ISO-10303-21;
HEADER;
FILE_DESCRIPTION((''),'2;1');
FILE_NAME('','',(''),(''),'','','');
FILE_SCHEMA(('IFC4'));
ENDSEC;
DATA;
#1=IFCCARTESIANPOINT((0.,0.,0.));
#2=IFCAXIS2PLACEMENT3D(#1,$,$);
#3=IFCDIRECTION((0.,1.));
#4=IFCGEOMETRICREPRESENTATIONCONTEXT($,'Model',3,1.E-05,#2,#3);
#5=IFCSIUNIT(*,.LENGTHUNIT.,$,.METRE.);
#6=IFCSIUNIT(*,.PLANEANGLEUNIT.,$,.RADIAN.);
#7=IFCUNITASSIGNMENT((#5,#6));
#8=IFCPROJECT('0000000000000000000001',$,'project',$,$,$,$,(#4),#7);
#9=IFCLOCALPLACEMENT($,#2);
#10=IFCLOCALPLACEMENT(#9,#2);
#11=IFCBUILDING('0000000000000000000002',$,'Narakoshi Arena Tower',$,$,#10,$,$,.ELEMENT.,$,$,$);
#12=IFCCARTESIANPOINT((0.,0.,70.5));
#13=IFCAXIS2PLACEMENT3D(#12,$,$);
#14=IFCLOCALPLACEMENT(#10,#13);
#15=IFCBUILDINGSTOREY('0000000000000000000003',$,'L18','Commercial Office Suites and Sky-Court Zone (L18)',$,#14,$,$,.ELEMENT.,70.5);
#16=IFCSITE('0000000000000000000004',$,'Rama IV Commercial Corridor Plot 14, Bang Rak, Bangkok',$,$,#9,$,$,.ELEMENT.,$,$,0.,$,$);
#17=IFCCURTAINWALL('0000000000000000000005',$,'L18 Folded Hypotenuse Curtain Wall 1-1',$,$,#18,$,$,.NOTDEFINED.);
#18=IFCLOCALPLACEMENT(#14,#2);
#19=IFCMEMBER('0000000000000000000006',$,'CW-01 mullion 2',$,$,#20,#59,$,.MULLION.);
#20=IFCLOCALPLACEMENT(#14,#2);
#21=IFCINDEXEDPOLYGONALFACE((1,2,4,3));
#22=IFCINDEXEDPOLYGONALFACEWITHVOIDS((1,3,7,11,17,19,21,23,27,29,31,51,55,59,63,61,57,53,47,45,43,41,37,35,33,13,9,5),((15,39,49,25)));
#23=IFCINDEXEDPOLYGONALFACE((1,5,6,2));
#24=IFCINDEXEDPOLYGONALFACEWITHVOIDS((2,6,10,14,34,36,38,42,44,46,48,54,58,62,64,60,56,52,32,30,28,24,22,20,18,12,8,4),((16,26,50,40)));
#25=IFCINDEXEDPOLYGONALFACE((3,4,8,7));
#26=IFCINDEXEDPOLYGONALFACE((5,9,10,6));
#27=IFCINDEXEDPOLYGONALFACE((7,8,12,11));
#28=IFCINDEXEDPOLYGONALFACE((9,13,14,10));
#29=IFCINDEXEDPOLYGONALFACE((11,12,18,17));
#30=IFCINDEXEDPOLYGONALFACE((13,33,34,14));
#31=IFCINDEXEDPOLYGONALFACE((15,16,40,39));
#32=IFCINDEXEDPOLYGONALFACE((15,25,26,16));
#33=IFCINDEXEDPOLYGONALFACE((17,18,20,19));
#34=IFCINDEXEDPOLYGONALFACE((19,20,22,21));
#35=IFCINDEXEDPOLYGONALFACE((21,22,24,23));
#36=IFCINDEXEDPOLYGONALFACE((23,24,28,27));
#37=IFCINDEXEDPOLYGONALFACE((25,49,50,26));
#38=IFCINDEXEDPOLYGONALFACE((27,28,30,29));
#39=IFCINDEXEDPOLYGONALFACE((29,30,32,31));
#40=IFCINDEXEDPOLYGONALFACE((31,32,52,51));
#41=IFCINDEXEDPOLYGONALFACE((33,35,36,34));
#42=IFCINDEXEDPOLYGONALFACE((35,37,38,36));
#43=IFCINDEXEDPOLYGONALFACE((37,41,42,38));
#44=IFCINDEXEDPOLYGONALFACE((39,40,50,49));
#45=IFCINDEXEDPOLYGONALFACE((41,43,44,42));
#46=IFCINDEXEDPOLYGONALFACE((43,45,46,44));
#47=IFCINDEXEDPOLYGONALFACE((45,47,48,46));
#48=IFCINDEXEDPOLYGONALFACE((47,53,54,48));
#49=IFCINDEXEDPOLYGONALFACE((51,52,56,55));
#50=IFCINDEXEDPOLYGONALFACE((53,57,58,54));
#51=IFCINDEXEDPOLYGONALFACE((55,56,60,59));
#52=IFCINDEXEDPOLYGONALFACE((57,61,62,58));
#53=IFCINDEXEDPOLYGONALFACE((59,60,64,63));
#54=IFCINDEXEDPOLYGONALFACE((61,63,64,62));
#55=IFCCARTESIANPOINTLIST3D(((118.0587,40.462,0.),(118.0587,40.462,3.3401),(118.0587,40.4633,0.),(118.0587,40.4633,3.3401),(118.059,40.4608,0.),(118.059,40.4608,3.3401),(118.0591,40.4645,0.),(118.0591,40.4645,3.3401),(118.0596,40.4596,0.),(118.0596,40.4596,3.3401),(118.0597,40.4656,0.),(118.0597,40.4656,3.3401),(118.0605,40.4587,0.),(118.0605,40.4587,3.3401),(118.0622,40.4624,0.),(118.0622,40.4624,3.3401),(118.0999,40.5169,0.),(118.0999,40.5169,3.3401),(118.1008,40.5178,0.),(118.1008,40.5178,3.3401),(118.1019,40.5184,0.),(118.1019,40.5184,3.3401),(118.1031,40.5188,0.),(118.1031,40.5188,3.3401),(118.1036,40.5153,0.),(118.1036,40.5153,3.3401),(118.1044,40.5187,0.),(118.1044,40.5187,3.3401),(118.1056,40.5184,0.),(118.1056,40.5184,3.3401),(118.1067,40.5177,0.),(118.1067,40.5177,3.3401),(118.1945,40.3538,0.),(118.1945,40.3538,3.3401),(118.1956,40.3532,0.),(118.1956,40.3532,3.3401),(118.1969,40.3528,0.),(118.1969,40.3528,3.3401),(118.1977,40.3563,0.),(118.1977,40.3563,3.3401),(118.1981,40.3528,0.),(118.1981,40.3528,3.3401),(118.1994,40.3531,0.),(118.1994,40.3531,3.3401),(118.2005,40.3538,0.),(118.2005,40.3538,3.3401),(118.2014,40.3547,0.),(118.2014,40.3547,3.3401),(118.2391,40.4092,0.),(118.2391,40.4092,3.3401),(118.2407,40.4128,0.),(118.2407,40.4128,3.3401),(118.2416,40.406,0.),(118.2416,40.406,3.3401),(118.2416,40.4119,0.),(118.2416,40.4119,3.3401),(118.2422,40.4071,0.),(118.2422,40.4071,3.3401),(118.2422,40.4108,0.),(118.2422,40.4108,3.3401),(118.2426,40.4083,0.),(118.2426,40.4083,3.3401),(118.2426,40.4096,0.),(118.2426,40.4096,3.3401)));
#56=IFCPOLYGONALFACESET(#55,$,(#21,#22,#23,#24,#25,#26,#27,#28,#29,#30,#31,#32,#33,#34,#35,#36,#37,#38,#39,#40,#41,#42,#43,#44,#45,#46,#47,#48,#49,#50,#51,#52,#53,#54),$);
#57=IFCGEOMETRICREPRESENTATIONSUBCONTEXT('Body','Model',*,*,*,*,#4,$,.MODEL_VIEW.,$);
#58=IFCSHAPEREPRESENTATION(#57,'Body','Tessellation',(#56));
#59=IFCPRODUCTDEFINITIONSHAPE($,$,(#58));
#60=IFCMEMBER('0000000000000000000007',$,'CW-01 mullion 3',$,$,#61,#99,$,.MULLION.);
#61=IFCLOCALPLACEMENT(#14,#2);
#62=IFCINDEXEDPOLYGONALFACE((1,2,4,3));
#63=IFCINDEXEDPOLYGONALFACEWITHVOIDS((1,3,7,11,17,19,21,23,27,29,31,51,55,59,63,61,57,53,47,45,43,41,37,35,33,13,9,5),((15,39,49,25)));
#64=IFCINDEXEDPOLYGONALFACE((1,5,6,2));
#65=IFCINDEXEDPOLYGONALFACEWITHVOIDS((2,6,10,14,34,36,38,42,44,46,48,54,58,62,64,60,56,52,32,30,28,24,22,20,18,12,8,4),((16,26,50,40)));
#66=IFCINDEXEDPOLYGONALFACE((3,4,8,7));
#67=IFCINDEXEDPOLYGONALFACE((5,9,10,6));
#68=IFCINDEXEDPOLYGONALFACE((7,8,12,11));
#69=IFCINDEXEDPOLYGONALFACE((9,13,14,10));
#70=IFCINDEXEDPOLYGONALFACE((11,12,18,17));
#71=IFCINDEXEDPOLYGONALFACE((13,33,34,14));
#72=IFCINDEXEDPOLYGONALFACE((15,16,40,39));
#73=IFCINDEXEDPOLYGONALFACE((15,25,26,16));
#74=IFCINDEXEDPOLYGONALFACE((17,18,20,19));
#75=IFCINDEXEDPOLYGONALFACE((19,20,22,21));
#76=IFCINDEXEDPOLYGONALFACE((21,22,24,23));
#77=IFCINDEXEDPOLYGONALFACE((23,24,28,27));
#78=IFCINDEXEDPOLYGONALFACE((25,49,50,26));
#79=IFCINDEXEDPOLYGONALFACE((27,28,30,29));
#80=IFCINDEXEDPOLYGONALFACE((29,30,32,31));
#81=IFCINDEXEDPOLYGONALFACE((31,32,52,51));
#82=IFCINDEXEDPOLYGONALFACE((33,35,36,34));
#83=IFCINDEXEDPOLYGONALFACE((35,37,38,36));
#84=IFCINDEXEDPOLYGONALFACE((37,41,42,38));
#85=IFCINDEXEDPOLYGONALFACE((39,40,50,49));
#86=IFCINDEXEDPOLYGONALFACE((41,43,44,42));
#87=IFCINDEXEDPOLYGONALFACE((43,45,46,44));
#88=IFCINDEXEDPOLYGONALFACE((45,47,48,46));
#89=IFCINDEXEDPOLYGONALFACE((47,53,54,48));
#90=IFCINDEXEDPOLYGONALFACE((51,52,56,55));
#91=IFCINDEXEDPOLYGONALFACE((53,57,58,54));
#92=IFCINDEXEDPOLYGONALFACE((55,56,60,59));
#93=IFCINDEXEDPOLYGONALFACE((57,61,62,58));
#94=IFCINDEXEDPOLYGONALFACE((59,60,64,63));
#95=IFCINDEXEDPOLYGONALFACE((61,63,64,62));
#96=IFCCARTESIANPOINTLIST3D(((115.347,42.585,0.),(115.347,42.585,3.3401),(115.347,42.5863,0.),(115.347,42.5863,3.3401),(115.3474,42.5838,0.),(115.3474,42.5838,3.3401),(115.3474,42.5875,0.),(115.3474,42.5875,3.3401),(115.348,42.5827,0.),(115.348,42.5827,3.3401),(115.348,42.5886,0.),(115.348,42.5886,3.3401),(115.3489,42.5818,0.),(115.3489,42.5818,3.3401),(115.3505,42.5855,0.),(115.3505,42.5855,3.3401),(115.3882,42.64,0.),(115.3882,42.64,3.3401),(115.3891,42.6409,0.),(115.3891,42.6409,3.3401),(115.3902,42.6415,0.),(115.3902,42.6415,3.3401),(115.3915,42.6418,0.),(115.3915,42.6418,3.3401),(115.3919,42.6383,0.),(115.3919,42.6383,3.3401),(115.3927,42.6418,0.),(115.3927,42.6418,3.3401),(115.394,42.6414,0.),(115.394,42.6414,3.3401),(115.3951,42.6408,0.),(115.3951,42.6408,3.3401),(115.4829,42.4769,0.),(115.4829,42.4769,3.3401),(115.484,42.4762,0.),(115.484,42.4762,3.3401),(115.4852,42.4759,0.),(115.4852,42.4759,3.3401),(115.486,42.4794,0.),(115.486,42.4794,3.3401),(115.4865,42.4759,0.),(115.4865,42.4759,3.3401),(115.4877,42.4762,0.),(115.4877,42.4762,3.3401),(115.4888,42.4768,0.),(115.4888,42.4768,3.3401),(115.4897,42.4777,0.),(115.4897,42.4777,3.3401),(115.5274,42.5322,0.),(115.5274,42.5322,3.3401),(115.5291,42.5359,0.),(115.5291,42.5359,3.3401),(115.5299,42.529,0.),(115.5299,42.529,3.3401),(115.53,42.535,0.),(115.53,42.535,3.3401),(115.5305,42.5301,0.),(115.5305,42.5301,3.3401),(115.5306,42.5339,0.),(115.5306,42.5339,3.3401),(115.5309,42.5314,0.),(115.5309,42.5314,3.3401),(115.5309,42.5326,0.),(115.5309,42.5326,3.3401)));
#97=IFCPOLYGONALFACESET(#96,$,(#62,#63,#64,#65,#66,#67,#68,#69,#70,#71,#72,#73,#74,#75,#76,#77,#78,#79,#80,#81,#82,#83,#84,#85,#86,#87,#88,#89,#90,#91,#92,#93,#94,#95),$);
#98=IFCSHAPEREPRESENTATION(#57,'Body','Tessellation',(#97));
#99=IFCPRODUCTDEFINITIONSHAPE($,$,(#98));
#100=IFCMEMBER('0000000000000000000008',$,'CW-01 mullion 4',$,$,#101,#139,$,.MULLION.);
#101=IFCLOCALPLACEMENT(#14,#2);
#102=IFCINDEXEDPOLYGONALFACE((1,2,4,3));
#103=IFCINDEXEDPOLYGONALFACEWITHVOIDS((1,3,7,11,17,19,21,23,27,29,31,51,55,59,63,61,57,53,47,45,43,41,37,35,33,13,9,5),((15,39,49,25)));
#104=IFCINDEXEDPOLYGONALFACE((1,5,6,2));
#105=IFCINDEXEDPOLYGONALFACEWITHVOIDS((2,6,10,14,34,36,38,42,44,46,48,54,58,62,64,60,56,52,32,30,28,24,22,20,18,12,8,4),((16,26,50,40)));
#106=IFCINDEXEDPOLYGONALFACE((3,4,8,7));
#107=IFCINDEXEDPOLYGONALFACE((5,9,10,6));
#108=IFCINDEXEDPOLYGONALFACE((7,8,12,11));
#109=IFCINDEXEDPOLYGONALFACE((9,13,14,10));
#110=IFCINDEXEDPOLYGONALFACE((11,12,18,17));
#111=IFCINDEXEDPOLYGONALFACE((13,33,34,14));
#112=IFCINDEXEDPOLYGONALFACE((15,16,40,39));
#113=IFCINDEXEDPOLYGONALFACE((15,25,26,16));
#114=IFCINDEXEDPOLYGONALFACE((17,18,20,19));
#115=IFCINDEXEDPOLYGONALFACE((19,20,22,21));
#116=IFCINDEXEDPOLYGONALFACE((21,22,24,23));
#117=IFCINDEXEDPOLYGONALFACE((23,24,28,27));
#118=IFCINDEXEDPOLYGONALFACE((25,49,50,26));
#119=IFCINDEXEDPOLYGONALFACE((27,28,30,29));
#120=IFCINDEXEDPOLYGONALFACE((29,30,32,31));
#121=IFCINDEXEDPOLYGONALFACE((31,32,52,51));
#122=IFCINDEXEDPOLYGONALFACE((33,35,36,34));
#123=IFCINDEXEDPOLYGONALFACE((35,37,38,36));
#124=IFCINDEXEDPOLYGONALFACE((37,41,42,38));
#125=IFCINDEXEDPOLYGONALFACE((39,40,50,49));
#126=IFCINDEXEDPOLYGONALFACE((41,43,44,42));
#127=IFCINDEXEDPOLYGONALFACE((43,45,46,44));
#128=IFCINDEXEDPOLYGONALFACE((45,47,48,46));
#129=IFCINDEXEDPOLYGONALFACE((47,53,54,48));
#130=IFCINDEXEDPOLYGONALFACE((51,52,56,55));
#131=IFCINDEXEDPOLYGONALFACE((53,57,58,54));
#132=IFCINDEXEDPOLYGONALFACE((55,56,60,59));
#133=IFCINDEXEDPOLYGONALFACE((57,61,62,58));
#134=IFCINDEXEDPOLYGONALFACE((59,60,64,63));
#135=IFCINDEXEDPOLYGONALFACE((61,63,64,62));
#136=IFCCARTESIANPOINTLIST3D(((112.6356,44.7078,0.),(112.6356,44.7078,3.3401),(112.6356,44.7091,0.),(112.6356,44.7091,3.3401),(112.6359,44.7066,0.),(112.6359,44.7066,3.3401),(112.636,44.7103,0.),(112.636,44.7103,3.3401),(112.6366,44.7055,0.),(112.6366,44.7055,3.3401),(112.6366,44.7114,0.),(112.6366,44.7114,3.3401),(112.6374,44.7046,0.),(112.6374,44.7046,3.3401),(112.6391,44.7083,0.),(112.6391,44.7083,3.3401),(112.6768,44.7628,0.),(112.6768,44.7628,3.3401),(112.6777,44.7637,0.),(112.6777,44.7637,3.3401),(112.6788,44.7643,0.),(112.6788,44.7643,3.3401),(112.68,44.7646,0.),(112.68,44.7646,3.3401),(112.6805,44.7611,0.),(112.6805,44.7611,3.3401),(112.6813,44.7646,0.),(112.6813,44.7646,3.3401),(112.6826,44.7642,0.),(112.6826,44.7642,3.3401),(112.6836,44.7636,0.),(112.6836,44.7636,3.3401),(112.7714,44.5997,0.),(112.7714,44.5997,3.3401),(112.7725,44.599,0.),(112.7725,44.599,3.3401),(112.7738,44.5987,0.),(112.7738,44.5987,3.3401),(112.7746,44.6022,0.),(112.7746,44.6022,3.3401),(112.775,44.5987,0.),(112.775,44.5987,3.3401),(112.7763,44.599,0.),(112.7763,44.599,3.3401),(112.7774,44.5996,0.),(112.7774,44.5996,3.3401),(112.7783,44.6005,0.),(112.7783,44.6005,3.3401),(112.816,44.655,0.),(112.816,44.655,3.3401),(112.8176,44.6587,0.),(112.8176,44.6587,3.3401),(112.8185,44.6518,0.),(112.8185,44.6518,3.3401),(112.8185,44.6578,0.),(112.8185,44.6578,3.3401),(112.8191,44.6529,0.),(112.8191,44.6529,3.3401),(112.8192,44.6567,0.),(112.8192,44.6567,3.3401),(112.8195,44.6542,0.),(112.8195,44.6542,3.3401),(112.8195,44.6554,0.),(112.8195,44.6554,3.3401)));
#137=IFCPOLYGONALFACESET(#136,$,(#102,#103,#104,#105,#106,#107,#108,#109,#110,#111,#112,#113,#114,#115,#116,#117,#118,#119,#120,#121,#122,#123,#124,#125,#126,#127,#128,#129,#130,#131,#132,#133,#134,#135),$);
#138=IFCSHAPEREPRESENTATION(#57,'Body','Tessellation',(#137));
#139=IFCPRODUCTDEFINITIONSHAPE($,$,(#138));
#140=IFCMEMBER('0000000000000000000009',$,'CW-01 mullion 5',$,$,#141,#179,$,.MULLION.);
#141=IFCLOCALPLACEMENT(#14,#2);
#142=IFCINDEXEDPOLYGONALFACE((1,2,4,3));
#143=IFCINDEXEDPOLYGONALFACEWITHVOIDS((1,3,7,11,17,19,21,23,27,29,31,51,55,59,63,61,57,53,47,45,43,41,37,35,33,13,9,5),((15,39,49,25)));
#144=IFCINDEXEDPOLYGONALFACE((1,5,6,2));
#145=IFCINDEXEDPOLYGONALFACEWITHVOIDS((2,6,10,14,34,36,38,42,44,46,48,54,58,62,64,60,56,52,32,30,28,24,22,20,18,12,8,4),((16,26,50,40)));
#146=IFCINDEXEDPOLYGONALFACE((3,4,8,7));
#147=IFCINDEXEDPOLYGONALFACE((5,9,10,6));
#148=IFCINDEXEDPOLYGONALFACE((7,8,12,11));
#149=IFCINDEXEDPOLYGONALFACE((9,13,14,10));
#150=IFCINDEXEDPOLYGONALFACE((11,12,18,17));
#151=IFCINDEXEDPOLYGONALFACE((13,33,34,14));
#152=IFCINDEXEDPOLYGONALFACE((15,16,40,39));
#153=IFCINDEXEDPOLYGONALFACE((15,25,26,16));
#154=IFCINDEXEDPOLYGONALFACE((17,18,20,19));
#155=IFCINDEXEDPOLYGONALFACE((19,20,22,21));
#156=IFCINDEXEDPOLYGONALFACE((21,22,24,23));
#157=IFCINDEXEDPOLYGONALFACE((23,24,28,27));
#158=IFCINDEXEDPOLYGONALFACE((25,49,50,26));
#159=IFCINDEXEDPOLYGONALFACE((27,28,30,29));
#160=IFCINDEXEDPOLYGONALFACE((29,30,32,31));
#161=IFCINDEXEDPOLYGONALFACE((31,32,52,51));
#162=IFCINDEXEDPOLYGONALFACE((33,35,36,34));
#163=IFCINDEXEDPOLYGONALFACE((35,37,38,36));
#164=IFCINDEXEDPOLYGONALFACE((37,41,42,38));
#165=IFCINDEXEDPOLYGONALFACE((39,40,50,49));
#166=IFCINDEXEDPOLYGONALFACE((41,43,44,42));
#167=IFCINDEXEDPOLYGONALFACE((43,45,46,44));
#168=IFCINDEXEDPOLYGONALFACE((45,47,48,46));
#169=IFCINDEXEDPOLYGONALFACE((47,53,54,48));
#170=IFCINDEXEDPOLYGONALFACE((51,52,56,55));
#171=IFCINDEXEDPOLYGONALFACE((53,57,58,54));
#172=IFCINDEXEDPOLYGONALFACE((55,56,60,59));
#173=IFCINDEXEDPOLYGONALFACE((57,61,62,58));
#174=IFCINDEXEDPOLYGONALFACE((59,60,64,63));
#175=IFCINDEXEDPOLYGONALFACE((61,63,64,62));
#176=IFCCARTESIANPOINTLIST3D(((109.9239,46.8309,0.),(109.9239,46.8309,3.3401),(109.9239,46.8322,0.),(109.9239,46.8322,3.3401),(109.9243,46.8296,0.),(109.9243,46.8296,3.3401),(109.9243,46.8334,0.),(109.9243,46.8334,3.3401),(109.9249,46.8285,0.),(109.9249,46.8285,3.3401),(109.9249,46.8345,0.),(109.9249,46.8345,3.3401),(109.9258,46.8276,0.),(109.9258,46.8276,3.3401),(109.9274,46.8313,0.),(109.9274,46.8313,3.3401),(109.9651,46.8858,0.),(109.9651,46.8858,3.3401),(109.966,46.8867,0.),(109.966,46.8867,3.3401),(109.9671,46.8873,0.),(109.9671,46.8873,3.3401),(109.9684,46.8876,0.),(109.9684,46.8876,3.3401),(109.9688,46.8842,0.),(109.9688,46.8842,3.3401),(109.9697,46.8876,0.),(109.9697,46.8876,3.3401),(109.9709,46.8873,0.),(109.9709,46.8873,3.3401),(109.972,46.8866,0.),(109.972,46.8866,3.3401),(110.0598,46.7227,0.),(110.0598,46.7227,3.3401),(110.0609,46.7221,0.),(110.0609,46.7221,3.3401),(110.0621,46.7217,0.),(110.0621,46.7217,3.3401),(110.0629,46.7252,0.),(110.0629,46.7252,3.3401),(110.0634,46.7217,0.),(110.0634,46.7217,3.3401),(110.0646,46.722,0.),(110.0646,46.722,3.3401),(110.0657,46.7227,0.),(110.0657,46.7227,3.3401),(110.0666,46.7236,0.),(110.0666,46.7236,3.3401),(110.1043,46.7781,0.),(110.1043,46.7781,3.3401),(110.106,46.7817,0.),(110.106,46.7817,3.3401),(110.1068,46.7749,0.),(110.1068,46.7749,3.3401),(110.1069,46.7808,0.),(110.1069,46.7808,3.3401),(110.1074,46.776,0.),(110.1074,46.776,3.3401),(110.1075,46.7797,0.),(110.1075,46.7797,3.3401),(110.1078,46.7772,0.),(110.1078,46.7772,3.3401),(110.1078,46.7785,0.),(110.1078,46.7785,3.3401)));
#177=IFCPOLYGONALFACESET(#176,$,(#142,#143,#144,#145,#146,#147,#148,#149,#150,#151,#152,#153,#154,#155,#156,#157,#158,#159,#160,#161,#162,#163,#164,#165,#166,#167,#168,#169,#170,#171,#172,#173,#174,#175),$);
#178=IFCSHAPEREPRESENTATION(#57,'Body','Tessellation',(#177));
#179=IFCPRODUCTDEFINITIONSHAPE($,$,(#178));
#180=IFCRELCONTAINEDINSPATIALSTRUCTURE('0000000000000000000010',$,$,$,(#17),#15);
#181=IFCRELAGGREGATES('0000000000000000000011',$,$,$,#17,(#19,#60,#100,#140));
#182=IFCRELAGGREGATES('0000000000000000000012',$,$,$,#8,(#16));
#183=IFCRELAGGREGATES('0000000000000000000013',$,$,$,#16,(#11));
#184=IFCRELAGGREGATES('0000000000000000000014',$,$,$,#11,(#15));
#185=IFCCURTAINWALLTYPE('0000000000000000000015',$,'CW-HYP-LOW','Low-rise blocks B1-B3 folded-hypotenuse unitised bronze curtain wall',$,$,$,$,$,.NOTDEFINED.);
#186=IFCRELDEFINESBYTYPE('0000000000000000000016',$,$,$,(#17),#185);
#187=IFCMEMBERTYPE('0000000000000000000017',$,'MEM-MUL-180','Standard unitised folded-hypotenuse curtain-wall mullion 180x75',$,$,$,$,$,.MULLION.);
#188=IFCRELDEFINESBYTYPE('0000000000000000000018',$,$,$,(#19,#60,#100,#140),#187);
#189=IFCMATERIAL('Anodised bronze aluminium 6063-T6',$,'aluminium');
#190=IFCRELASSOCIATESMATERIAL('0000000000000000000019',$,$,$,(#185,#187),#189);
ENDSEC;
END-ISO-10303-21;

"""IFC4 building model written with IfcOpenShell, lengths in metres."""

from ifc_helpers import new_model, si_unit, direction, frame, origin, origin_2d, place, context, subcontext, project, spatial, hollow_rectangle, extrude, material, material_profile, profile_set, type_object, element, aggregate, save


model = new_model("IFC4")

# Units and contexts
model_context = context("Model", 3, precision=1e-05, world=origin(), true_north=direction((0.0, 1.0)))
body_context = subcontext(model_context, "Body", "Model", "MODEL_VIEW")
ifc_project = project(units=[si_unit("LENGTHUNIT", "METRE"), si_unit("PLANEANGLEUNIT", "RADIAN")], contexts=[model_context])

# Site, building, storey
site_placement = place(None, origin())
site = spatial("IfcSite", under=ifc_project, at=site_placement, Name="Rama IV Commercial Corridor Plot 14, Bang Rak, Bangkok", CompositionType="ELEMENT", RefElevation=0.0)
building_placement = place(site_placement, origin())
building = spatial("IfcBuilding", under=site, at=building_placement, Name="Narakoshi Arena Tower", CompositionType="ELEMENT")
storey_placement = place(building_placement, frame((0.0, 0.0, 70.5)))
storey = spatial("IfcBuildingStorey", under=building, at=storey_placement, Name="L18", Description="Commercial Office Suites and Sky-Court Zone (L18)", CompositionType="ELEMENT", Elevation=70.5)

# Curtain wall, members
ifc_material_1 = material(Name="Anodised bronze aluminium 6063-T6", Category="aluminium")
curtain_wall_type = type_object("IfcCurtainWallType", Name="CW-HYP-LOW", Description="Low-rise blocks B1-B3 folded-hypotenuse unitised bronze curtain wall", PredefinedType="NOTDEFINED", material=ifc_material_1)
curtain_wall_placement = place(storey_placement, origin())
curtain_wall = element("IfcCurtainWall", 1, at=curtain_wall_placement, inside=storey, type_object=curtain_wall_type, Name="L18 Folded Hypotenuse Curtain Wall 1-1", PredefinedType="NOTDEFINED")
ifc_material_profile_1 = material_profile(ifc_material_1, hollow_rectangle(XDim=0.075, YDim=0.1799, WallThickness=0.0039, OuterFilletRadius=0.0049, at=origin_2d()), Name="MUL180x75x4")
ifc_profile_set_1 = profile_set([ifc_material_profile_1], Name="Anodised bronze aluminium 6063-T6")
member_type_1 = type_object("IfcMemberType", Name="MEM-MUL-180", Description="Standard unitised folded-hypotenuse curtain-wall mullion 180x75", PredefinedType="MULLION", material=ifc_profile_set_1)
member_1_placement = place(storey_placement, frame((118.1506, 40.4358, 0.0), z_axis=(0.0, 0.0, 1.0), x_axis=(-0.616458, -0.787388, 0.0)))
member_1 = element("IfcMember", 2, at=member_1_placement, type_object=member_type_1, Name="CW-01 mullion 2", PredefinedType="MULLION", context=body_context, shape_type="SweptSolid", body=[
    extrude(hollow_rectangle(XDim=0.075, YDim=0.1799, WallThickness=0.0039, OuterFilletRadius=0.0049, at=origin_2d()), origin(), (0.0, 0.0, 1.0), 3.3401),
])
member_2_placement = place(storey_placement, frame((115.439, 42.5588, 0.0), z_axis=(0.0, 0.0, 1.0), x_axis=(-0.616458, -0.787388, 0.0)))
member_2 = element("IfcMember", 3, at=member_2_placement, type_object=member_type_1, Name="CW-01 mullion 3", PredefinedType="MULLION", context=body_context, shape_type="SweptSolid", body=[
    extrude(hollow_rectangle(XDim=0.075, YDim=0.1799, WallThickness=0.0039, OuterFilletRadius=0.0049, at=origin_2d()), origin(), (0.0, 0.0, 1.0), 3.3401),
])
member_3_placement = place(storey_placement, frame((112.7275, 44.6816, 0.0), z_axis=(0.0, 0.0, 1.0), x_axis=(-0.616458, -0.787388, 0.0)))
member_3 = element("IfcMember", 4, at=member_3_placement, type_object=member_type_1, Name="CW-01 mullion 4", PredefinedType="MULLION", context=body_context, shape_type="SweptSolid", body=[
    extrude(hollow_rectangle(XDim=0.075, YDim=0.1799, WallThickness=0.0039, OuterFilletRadius=0.0049, at=origin_2d()), origin(), (0.0, 0.0, 1.0), 3.3401),
])
member_4_placement = place(storey_placement, frame((110.0159, 46.8047, 0.0), z_axis=(0.0, 0.0, 1.0), x_axis=(-0.616458, -0.787388, 0.0)))
member_4 = element("IfcMember", 5, at=member_4_placement, type_object=member_type_1, Name="CW-01 mullion 5", PredefinedType="MULLION", context=body_context, shape_type="SweptSolid", body=[
    extrude(hollow_rectangle(XDim=0.075, YDim=0.1799, WallThickness=0.0039, OuterFilletRadius=0.0049, at=origin_2d()), origin(), (0.0, 0.0, 1.0), 3.3401),
])
aggregate(curtain_wall, [member_1, member_2, member_3, member_4])

save(model, "model.ifc")
